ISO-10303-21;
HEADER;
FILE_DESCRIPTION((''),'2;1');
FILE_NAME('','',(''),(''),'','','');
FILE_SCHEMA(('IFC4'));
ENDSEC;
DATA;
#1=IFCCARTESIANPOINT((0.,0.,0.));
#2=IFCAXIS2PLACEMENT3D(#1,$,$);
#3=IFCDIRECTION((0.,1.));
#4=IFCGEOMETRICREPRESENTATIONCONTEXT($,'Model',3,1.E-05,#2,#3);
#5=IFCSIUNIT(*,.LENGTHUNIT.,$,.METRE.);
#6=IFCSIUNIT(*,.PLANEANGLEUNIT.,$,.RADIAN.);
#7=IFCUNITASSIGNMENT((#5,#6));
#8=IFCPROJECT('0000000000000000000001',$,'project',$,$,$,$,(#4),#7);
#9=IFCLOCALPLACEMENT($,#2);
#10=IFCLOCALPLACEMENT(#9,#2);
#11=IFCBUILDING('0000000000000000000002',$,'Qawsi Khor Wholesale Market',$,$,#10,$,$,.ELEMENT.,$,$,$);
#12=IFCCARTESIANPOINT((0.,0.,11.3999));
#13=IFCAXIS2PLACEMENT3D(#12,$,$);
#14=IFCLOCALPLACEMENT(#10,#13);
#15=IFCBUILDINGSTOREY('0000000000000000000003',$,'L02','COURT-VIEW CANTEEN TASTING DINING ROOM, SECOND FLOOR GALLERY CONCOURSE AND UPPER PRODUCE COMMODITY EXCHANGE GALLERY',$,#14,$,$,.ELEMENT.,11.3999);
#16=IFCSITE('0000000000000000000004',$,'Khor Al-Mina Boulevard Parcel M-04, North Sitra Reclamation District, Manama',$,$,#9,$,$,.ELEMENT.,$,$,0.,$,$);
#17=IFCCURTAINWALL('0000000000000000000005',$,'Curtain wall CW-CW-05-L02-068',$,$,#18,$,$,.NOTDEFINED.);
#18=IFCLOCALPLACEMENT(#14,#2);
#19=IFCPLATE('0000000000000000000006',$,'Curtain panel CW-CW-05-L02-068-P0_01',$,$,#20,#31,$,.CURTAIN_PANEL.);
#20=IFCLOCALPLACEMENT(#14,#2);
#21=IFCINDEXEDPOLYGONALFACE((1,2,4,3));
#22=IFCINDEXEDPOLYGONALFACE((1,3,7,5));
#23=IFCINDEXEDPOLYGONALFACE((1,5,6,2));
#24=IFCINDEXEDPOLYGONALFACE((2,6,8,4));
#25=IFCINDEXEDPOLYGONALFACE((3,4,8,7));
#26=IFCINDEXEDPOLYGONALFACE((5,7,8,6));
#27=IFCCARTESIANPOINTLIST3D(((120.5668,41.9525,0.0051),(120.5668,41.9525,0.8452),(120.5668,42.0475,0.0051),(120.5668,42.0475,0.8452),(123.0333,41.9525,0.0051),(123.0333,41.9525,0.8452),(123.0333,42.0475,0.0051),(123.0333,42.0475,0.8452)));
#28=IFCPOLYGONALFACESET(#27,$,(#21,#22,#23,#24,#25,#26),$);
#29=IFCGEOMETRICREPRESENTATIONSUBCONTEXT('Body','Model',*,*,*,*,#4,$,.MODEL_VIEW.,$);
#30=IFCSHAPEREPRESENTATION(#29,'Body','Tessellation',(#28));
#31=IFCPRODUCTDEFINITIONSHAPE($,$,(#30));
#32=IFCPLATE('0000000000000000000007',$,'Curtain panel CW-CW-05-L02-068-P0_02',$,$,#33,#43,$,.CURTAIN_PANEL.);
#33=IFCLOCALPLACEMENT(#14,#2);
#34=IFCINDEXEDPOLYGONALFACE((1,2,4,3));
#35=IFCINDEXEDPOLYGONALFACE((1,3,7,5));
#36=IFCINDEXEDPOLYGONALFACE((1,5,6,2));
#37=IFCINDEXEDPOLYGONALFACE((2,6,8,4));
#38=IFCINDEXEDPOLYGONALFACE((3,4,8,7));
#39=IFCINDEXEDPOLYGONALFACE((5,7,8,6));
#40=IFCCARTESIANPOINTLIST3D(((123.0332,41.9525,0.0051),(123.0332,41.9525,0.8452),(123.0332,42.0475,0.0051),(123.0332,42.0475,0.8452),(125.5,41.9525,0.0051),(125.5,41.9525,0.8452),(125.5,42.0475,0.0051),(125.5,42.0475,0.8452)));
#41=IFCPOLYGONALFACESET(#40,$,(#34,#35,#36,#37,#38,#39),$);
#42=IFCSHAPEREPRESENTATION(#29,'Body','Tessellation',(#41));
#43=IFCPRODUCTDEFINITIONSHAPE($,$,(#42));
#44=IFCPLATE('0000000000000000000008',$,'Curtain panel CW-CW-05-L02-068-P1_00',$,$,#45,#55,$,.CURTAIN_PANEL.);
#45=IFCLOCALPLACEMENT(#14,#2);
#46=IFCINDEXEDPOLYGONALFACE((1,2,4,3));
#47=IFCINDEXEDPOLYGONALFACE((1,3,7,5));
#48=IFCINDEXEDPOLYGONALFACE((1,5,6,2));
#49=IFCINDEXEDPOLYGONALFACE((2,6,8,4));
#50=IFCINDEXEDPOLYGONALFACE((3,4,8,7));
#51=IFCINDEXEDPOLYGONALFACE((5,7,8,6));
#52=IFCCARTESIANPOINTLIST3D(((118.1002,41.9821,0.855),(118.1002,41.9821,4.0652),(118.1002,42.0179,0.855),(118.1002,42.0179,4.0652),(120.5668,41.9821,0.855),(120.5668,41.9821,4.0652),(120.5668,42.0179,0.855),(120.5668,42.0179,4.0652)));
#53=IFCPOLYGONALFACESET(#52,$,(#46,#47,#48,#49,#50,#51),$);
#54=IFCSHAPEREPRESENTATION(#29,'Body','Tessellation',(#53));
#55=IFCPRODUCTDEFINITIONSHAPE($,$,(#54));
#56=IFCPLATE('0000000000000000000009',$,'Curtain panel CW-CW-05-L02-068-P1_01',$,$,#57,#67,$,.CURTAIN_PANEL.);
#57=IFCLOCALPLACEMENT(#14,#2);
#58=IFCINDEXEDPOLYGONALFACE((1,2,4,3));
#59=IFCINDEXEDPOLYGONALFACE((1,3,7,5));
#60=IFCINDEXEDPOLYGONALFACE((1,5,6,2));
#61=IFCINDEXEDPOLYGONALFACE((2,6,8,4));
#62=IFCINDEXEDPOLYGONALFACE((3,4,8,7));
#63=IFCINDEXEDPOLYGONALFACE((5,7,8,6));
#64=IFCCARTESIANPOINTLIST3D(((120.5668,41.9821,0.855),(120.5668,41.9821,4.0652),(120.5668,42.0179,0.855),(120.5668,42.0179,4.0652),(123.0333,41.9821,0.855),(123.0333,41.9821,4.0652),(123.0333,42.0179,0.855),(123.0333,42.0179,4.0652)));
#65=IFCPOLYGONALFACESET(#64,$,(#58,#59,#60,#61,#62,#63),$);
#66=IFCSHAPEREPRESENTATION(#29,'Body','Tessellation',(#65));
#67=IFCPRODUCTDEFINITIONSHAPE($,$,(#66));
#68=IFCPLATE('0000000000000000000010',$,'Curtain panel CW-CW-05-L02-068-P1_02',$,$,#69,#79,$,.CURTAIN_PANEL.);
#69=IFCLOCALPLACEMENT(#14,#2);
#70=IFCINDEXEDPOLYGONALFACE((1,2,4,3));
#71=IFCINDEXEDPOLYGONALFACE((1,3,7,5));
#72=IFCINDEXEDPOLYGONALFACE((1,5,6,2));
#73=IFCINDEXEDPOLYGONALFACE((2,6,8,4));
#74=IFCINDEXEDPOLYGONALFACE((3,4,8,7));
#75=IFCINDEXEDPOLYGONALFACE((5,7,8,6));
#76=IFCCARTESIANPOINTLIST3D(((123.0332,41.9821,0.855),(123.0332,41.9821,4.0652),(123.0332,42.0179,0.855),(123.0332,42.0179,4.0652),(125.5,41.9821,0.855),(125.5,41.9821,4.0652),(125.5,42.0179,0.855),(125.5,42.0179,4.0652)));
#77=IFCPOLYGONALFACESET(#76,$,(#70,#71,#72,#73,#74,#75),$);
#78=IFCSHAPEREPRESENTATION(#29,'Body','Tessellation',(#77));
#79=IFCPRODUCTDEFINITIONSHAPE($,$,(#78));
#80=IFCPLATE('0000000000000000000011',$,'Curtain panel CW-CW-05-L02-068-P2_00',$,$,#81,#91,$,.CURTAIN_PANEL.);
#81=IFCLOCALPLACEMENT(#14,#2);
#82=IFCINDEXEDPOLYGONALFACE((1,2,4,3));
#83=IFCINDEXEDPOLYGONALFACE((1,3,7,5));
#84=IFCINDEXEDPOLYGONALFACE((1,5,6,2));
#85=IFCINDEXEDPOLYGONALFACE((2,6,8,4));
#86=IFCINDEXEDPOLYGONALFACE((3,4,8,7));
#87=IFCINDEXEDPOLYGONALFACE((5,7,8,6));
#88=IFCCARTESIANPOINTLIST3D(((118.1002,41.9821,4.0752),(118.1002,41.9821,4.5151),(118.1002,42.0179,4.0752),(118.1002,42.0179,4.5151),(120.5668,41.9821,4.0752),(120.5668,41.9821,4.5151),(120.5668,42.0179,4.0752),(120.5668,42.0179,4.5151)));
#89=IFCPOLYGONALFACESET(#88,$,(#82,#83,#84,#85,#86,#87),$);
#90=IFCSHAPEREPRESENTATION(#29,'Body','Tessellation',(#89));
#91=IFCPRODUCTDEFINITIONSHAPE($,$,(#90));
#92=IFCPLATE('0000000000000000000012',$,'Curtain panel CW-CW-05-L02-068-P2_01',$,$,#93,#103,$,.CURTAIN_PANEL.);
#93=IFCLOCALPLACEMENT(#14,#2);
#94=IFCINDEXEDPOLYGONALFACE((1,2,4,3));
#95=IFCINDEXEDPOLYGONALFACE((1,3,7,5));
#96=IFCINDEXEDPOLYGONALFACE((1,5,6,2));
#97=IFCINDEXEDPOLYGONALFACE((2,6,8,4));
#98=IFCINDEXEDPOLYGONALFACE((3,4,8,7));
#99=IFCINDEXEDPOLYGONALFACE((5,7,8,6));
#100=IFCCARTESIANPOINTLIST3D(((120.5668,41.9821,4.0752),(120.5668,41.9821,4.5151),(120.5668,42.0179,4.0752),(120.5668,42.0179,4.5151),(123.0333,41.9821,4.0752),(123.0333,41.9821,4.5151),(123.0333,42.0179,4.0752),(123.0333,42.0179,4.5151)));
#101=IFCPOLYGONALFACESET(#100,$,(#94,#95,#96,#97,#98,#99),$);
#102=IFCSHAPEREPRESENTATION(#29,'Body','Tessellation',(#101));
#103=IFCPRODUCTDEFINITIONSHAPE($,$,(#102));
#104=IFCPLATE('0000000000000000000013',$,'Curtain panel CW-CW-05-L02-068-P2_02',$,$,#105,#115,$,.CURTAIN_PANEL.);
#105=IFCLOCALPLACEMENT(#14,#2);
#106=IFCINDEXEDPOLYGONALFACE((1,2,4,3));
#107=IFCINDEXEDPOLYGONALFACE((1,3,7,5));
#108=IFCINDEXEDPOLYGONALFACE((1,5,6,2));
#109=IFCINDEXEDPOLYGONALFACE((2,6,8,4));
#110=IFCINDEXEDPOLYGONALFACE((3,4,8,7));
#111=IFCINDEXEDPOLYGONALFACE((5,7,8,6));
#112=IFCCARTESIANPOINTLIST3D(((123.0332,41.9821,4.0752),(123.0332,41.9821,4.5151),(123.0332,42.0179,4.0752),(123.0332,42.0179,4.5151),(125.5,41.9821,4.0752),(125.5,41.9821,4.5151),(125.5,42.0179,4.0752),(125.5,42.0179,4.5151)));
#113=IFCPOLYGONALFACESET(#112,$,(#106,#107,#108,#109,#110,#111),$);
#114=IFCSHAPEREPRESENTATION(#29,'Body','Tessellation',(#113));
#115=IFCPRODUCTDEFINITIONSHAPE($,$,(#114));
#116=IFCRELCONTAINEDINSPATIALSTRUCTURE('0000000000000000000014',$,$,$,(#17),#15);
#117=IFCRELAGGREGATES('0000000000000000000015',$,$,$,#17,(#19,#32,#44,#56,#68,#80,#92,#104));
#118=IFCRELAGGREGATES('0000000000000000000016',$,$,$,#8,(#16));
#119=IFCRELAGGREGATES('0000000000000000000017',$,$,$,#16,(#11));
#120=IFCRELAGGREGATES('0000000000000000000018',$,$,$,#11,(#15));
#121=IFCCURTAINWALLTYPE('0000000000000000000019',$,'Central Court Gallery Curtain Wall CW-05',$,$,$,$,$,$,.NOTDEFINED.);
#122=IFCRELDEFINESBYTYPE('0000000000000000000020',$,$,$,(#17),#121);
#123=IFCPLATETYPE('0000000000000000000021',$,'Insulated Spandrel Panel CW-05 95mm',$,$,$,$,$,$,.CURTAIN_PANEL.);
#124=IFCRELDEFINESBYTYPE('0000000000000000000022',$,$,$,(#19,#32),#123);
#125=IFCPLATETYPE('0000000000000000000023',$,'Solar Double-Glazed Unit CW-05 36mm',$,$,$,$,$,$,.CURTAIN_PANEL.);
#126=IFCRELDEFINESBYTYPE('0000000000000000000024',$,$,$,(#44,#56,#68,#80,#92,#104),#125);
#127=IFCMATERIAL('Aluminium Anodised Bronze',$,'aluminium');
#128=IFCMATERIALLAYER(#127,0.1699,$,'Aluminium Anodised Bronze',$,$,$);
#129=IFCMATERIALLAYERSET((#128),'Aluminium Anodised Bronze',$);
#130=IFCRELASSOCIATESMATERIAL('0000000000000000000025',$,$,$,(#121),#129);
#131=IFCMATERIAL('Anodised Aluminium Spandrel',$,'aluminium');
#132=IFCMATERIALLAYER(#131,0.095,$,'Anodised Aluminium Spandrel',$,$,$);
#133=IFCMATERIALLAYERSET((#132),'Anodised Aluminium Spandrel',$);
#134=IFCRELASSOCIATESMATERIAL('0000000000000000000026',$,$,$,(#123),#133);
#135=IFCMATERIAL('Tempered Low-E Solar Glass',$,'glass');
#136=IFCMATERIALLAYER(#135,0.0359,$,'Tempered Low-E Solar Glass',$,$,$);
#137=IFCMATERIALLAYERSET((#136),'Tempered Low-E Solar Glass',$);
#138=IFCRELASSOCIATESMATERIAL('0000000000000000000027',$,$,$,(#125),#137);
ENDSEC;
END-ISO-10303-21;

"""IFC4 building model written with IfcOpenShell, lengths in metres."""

from ifc_helpers import new_model, si_unit, direction, frame, frame_2d, origin, place, context, subcontext, project, spatial, rectangle, extrude, material, layer, layer_set, type_object, element, aggregate, save


model = new_model("IFC4")

# Units and contexts
model_context = context("Model", 3, precision=1e-05, world=origin(), true_north=direction((0.0, 1.0)))
body_context = subcontext(model_context, "Body", "Model", "MODEL_VIEW")
ifc_project = project(units=[si_unit("LENGTHUNIT", "METRE"), si_unit("PLANEANGLEUNIT", "RADIAN")], contexts=[model_context])

# Site, building, storey
site_placement = place(None, origin())
site = spatial("IfcSite", under=ifc_project, at=site_placement, Name="Khor Al-Mina Boulevard Parcel M-04, North Sitra Reclamation District, Manama", CompositionType="ELEMENT", RefElevation=0.0)
building_placement = place(site_placement, origin())
building = spatial("IfcBuilding", under=site, at=building_placement, Name="Qawsi Khor Wholesale Market", CompositionType="ELEMENT")
storey_placement = place(building_placement, frame((0.0, 0.0, 11.3999)))
storey = spatial("IfcBuildingStorey", under=building, at=storey_placement, Name="L02", Description="COURT-VIEW CANTEEN TASTING DINING ROOM, SECOND FLOOR GALLERY CONCOURSE AND UPPER PRODUCE COMMODITY EXCHANGE GALLERY", CompositionType="ELEMENT", Elevation=11.3999)

# Curtain wall, plates
ifc_material_1 = material(Name="Aluminium Anodised Bronze", Category="aluminium")
ifc_layer_1 = layer(ifc_material_1, 0.1699, Name="Aluminium Anodised Bronze")
ifc_layer_set_1 = layer_set([ifc_layer_1], Name="Aluminium Anodised Bronze")
curtain_wall_type = type_object("IfcCurtainWallType", Name="Central Court Gallery Curtain Wall CW-05", PredefinedType="NOTDEFINED", material=ifc_layer_set_1)
curtain_wall_placement = place(storey_placement, origin())
curtain_wall = element("IfcCurtainWall", 1, at=curtain_wall_placement, inside=storey, type_object=curtain_wall_type, Name="Curtain wall CW-CW-05-L02-068", PredefinedType="NOTDEFINED")
ifc_material_2 = material(Name="Anodised Aluminium Spandrel", Category="aluminium")
ifc_layer_2 = layer(ifc_material_2, 0.095, Name="Anodised Aluminium Spandrel")
ifc_layer_set_2 = layer_set([ifc_layer_2], Name="Anodised Aluminium Spandrel")
plate_type_1 = type_object("IfcPlateType", Name="Insulated Spandrel Panel CW-05 95mm", PredefinedType="CURTAIN_PANEL", material=ifc_layer_set_2)
plate_1_placement = place(storey_placement, frame((120.5667, 42.0, 0.0051), z_axis=(0.0, 0.0, 1.0), x_axis=(1.0, 0.0, 0.0)))
plate_1 = element("IfcPlate", 2, at=plate_1_placement, type_object=plate_type_1, Name="Curtain panel CW-CW-05-L02-068-P0_01", PredefinedType="CURTAIN_PANEL", context=body_context, shape_type="SweptSolid", body=[
    extrude(rectangle(XDim=2.4666, YDim=0.095, at=frame_2d((1.2334, 0.0))), origin(), (0.0, 0.0, 1.0), 0.8401),
])
plate_2_placement = place(storey_placement, frame((123.0332, 42.0, 0.0051), z_axis=(0.0, 0.0, 1.0), x_axis=(1.0, 0.0, 0.0)))
plate_2 = element("IfcPlate", 3, at=plate_2_placement, type_object=plate_type_1, Name="Curtain panel CW-CW-05-L02-068-P0_02", PredefinedType="CURTAIN_PANEL", context=body_context, shape_type="SweptSolid", body=[
    extrude(rectangle(XDim=2.4668, YDim=0.095, at=frame_2d((1.2334, 0.0))), origin(), (0.0, 0.0, 1.0), 0.8401),
])
ifc_material_3 = material(Name="Tempered Low-E Solar Glass", Category="glass")
ifc_layer_3 = layer(ifc_material_3, 0.0359, Name="Tempered Low-E Solar Glass")
ifc_layer_set_3 = layer_set([ifc_layer_3], Name="Tempered Low-E Solar Glass")
plate_type_2 = type_object("IfcPlateType", Name="Solar Double-Glazed Unit CW-05 36mm", PredefinedType="CURTAIN_PANEL", material=ifc_layer_set_3)
plate_3_placement = place(storey_placement, frame((118.1001, 42.0, 0.855), z_axis=(0.0, 0.0, 1.0), x_axis=(1.0, 0.0, 0.0)))
plate_3 = element("IfcPlate", 4, at=plate_3_placement, type_object=plate_type_2, Name="Curtain panel CW-CW-05-L02-068-P1_00", PredefinedType="CURTAIN_PANEL", context=body_context, shape_type="SweptSolid", body=[
    extrude(rectangle(XDim=2.4666, YDim=0.0359, at=frame_2d((1.2334, 0.0))), origin(), (0.0, 0.0, 1.0), 3.2102),
])
plate_4_placement = place(storey_placement, frame((120.5667, 42.0, 0.855), z_axis=(0.0, 0.0, 1.0), x_axis=(1.0, 0.0, 0.0)))
plate_4 = element("IfcPlate", 5, at=plate_4_placement, type_object=plate_type_2, Name="Curtain panel CW-CW-05-L02-068-P1_01", PredefinedType="CURTAIN_PANEL", context=body_context, shape_type="SweptSolid", body=[
    extrude(rectangle(XDim=2.4666, YDim=0.0359, at=frame_2d((1.2334, 0.0))), origin(), (0.0, 0.0, 1.0), 3.2102),
])
plate_5_placement = place(storey_placement, frame((123.0332, 42.0, 0.855), z_axis=(0.0, 0.0, 1.0), x_axis=(1.0, 0.0, 0.0)))
plate_5 = element("IfcPlate", 6, at=plate_5_placement, type_object=plate_type_2, Name="Curtain panel CW-CW-05-L02-068-P1_02", PredefinedType="CURTAIN_PANEL", context=body_context, shape_type="SweptSolid", body=[
    extrude(rectangle(XDim=2.4668, YDim=0.0359, at=frame_2d((1.2334, 0.0))), origin(), (0.0, 0.0, 1.0), 3.2102),
])
plate_6_placement = place(storey_placement, frame((118.1001, 42.0, 4.0752), z_axis=(0.0, 0.0, 1.0), x_axis=(1.0, 0.0, 0.0)))
plate_6 = element("IfcPlate", 7, at=plate_6_placement, type_object=plate_type_2, Name="Curtain panel CW-CW-05-L02-068-P2_00", PredefinedType="CURTAIN_PANEL", context=body_context, shape_type="SweptSolid", body=[
    extrude(rectangle(XDim=2.4666, YDim=0.0359, at=frame_2d((1.2334, 0.0))), origin(), (0.0, 0.0, 1.0), 0.4399),
])
plate_7_placement = place(storey_placement, frame((120.5667, 42.0, 4.0752), z_axis=(0.0, 0.0, 1.0), x_axis=(1.0, 0.0, 0.0)))
plate_7 = element("IfcPlate", 8, at=plate_7_placement, type_object=plate_type_2, Name="Curtain panel CW-CW-05-L02-068-P2_01", PredefinedType="CURTAIN_PANEL", context=body_context, shape_type="SweptSolid", body=[
    extrude(rectangle(XDim=2.4666, YDim=0.0359, at=frame_2d((1.2334, 0.0))), origin(), (0.0, 0.0, 1.0), 0.4399),
])
plate_8_placement = place(storey_placement, frame((123.0332, 42.0, 4.0752), z_axis=(0.0, 0.0, 1.0), x_axis=(1.0, 0.0, 0.0)))
plate_8 = element("IfcPlate", 9, at=plate_8_placement, type_object=plate_type_2, Name="Curtain panel CW-CW-05-L02-068-P2_02", PredefinedType="CURTAIN_PANEL", context=body_context, shape_type="SweptSolid", body=[
    extrude(rectangle(XDim=2.4668, YDim=0.0359, at=frame_2d((1.2334, 0.0))), origin(), (0.0, 0.0, 1.0), 0.4399),
])
aggregate(curtain_wall, [plate_1, plate_2, plate_3, plate_4, plate_5, plate_6, plate_7, plate_8])

save(model, "model.ifc")
